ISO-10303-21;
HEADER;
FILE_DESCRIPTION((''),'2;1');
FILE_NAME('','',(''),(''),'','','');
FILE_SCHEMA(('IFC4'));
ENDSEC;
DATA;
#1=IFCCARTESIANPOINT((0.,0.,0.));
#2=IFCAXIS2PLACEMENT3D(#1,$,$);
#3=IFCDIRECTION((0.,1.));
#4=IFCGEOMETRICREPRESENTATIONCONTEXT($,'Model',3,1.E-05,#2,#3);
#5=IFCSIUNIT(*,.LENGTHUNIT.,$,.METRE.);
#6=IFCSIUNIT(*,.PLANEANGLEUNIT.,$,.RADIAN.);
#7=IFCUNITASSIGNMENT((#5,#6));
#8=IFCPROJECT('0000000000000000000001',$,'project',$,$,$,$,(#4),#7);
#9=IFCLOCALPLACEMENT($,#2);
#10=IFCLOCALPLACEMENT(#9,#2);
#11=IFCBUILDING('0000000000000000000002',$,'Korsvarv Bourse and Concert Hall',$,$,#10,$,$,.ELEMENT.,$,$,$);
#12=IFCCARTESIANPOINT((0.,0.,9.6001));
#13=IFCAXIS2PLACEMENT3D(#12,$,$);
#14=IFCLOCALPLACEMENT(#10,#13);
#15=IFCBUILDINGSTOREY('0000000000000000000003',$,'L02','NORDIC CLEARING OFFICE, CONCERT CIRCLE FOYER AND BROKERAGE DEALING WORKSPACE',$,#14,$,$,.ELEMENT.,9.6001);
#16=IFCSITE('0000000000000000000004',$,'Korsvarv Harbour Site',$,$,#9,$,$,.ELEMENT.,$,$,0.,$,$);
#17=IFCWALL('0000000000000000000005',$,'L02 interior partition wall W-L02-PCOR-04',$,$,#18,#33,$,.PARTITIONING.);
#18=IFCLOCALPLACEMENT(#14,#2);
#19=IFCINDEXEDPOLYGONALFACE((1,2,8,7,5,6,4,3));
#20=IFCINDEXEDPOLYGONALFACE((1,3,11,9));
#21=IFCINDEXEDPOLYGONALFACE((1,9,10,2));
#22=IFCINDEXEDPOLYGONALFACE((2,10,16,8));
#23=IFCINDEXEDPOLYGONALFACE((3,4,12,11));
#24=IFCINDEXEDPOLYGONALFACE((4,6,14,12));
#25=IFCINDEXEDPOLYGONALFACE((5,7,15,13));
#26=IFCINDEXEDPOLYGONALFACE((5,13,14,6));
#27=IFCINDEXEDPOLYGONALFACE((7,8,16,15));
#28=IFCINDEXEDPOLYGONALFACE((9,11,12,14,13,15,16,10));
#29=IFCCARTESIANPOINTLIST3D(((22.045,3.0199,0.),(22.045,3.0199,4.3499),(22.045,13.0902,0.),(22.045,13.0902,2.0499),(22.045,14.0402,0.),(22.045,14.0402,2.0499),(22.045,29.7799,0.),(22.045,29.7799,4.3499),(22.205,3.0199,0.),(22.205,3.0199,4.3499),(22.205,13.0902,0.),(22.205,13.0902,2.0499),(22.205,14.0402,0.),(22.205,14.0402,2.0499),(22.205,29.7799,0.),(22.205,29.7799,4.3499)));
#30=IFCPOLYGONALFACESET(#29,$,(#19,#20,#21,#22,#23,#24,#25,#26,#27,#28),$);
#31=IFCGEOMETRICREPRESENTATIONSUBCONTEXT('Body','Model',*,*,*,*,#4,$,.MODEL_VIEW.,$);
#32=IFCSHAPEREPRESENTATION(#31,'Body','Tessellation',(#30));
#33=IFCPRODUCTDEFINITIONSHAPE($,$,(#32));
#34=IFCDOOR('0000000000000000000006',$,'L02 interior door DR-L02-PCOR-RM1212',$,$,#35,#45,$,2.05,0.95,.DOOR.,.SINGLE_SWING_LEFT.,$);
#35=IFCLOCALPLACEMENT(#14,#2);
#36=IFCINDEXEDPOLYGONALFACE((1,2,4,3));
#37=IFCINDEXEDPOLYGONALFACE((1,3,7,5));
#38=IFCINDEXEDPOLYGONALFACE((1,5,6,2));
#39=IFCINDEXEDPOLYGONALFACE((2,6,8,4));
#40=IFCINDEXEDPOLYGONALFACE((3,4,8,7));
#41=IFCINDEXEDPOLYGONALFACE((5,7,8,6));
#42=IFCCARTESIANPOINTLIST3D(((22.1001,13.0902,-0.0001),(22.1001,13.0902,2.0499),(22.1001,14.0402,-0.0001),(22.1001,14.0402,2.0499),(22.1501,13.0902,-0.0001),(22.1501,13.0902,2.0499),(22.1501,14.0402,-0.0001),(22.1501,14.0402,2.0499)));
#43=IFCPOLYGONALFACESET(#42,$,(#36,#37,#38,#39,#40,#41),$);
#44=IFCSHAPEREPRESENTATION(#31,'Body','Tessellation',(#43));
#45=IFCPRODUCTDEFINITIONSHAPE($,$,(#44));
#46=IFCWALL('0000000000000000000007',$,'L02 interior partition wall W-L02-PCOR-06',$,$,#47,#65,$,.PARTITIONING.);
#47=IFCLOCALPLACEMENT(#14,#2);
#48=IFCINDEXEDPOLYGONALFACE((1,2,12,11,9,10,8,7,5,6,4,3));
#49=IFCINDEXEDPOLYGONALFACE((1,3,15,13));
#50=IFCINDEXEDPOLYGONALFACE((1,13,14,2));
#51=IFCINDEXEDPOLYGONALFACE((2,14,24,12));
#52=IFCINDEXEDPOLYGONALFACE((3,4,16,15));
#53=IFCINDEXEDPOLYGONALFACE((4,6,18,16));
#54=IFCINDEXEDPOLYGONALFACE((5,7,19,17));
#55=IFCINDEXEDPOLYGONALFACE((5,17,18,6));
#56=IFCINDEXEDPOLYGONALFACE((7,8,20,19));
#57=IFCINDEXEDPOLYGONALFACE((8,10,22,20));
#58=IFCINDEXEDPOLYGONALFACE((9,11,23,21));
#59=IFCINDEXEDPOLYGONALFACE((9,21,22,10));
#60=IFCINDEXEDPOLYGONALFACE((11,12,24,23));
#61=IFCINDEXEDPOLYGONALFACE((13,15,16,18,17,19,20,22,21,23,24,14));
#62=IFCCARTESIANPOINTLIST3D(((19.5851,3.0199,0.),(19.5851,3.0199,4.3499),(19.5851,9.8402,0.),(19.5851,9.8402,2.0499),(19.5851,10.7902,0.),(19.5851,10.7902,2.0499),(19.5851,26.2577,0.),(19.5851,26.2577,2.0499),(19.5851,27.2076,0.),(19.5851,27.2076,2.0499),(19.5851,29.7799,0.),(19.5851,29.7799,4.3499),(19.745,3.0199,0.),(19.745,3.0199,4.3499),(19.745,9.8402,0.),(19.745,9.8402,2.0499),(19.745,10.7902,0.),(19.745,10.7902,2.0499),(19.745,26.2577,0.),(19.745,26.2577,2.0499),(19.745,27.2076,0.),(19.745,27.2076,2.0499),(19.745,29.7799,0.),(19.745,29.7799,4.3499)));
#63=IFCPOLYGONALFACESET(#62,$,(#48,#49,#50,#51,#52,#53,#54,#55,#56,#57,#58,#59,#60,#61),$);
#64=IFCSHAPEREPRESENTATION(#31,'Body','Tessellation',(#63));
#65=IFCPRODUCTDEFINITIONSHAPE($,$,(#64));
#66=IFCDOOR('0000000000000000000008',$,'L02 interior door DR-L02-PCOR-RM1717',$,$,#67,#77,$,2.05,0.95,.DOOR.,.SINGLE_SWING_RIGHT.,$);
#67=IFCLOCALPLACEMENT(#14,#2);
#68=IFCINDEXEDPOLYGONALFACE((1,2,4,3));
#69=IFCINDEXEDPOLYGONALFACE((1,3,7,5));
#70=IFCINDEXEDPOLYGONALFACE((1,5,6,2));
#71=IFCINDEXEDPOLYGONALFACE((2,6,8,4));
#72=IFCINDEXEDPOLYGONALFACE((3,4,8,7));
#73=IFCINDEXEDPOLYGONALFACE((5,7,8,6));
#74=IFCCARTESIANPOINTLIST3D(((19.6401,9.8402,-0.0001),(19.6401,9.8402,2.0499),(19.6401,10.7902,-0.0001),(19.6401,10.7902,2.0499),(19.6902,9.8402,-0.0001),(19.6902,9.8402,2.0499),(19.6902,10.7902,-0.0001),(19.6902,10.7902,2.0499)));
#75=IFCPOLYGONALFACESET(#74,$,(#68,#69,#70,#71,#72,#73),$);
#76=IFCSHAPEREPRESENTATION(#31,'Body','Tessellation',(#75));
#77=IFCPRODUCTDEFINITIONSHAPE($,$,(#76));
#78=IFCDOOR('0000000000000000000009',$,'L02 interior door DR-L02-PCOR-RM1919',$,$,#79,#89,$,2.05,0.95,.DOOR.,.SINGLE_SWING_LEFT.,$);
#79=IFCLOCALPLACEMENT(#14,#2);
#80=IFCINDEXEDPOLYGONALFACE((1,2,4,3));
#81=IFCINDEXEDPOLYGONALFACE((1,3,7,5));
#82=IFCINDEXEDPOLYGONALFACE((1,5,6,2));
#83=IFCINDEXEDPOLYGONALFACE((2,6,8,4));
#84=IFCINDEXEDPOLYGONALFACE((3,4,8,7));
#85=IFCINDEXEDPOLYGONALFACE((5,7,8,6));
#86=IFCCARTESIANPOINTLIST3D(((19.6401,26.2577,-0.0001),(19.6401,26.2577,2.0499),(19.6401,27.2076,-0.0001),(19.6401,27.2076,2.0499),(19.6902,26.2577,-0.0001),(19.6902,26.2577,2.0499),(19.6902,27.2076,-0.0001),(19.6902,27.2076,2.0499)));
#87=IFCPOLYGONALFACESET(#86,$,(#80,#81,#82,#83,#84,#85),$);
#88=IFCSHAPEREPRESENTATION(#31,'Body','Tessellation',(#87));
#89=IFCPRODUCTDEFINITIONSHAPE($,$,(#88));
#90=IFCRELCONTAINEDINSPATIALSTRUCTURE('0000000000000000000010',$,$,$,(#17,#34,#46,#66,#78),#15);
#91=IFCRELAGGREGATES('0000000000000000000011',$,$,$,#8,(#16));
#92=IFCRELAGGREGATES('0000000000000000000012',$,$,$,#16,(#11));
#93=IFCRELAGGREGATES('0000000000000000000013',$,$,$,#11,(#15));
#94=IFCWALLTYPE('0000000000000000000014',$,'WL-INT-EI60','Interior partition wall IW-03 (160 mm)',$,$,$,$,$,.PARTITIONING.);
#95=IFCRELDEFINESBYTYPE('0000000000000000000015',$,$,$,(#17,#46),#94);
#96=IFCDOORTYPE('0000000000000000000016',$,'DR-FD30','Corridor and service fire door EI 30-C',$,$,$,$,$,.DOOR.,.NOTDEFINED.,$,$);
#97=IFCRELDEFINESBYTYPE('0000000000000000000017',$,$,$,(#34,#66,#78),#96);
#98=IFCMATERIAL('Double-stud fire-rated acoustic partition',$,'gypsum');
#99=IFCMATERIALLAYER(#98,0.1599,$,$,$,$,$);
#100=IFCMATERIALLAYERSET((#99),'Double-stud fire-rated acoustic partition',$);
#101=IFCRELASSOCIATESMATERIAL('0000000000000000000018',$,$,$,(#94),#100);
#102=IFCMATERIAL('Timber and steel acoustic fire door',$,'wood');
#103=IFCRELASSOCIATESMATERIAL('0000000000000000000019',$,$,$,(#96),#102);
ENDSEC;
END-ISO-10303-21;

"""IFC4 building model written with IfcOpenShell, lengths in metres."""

from ifc_helpers import new_model, si_unit, direction, frame, frame_2d, origin, place, context, subcontext, project, spatial, rectangle, extrude, material, layer, layer_set, type_object, element, fill, save


model = new_model("IFC4")

# Units and contexts
model_context = context("Model", 3, precision=1e-05, world=origin(), true_north=direction((0.0, 1.0)))
body_context = subcontext(model_context, "Body", "Model", "MODEL_VIEW")
ifc_project = project(units=[si_unit("LENGTHUNIT", "METRE"), si_unit("PLANEANGLEUNIT", "RADIAN")], contexts=[model_context])

# Site, building, storey
site_placement = place(None, origin())
site = spatial("IfcSite", under=ifc_project, at=site_placement, Name="Korsvarv Harbour Site", CompositionType="ELEMENT", RefElevation=0.0)
building_placement = place(site_placement, origin())
building = spatial("IfcBuilding", under=site, at=building_placement, Name="Korsvarv Bourse and Concert Hall", CompositionType="ELEMENT")
storey_placement = place(building_placement, frame((0.0, 0.0, 9.6001)))
storey = spatial("IfcBuildingStorey", under=building, at=storey_placement, Name="L02", Description="NORDIC CLEARING OFFICE, CONCERT CIRCLE FOYER AND BROKERAGE DEALING WORKSPACE", CompositionType="ELEMENT", Elevation=9.6001)

# Wall, opening, door
ifc_material_1 = material(Name="Double-stud fire-rated acoustic partition", Category="gypsum")
ifc_layer_1 = layer(ifc_material_1, 0.1599)
ifc_layer_set_1 = layer_set([ifc_layer_1], Name="Double-stud fire-rated acoustic partition")
wall_type = type_object("IfcWallType", Name="WL-INT-EI60", Description="Interior partition wall IW-03 (160 mm)", PredefinedType="PARTITIONING", material=ifc_layer_set_1)
wall_1_placement = place(storey_placement, frame((22.125, 3.02, 0.0), z_axis=(0.0, 0.0, 1.0), x_axis=(0.0, 1.0, 0.0)))
wall_1 = element("IfcWall", 1, at=wall_1_placement, inside=storey, type_object=wall_type, Name="L02 interior partition wall W-L02-PCOR-04", PredefinedType="PARTITIONING", context=body_context, shape_type="SweptSolid", body=[
    extrude(rectangle(XDim=26.76, YDim=0.1599, at=frame_2d((13.3799, 0.0))), origin(), (0.0, 0.0, 1.0), 4.3499),
])
opening_1_placement = place(wall_1_placement, frame((10.0701, 0.0, 0.0)))
opening_1 = element("IfcOpeningElement", 2, at=opening_1_placement, cuts=wall_1, PredefinedType="OPENING", context=body_context, shape_type="SweptSolid", body=[
    extrude(rectangle(XDim=0.95, YDim=2.05, at=frame_2d((0.4751, 1.0249))), frame((0.0, 0.0898, 0.0), z_axis=(0.0, -1.0, 0.0), x_axis=(1.0, 0.0, 0.0)), (0.0, 0.0, 1.0), 0.1799),
])
ifc_material_2 = material(Name="Timber and steel acoustic fire door", Category="wood")
door_type = type_object("IfcDoorType", Name="DR-FD30", Description="Corridor and service fire door EI 30-C", OperationType="NOTDEFINED", PredefinedType="DOOR", material=ifc_material_2)
door_1_placement = place(opening_1_placement, origin())
door_1 = element("IfcDoor", 3, at=door_1_placement, inside=storey, type_object=door_type, Name="L02 interior door DR-L02-PCOR-RM1212", OperationType="SINGLE_SWING_LEFT", OverallHeight=2.05, OverallWidth=0.95, PredefinedType="DOOR", context=body_context, shape_type="SweptSolid", body=[
    extrude(rectangle(XDim=0.95, YDim=2.05, at=frame_2d((0.4751, 1.0249))), frame((0.0, 0.0249, 0.0), z_axis=(0.0, -1.0, 0.0), x_axis=(1.0, 0.0, 0.0)), (0.0, 0.0, 1.0), 0.05),
])
fill(opening_1, door_1)

# Wall, openings, doors
wall_2_placement = place(storey_placement, frame((19.665, 3.02, 0.0), z_axis=(0.0, 0.0, 1.0), x_axis=(0.0, 1.0, 0.0)))
wall_2 = element("IfcWall", 4, at=wall_2_placement, inside=storey, type_object=wall_type, Name="L02 interior partition wall W-L02-PCOR-06", PredefinedType="PARTITIONING", context=body_context, shape_type="SweptSolid", body=[
    extrude(rectangle(XDim=26.76, YDim=0.1599, at=frame_2d((13.3799, 0.0))), origin(), (0.0, 0.0, 1.0), 4.3499),
])
opening_2_placement = place(wall_2_placement, frame((6.8201, 0.0, 0.0)))
opening_2 = element("IfcOpeningElement", 5, at=opening_2_placement, cuts=wall_2, PredefinedType="OPENING", context=body_context, shape_type="SweptSolid", body=[
    extrude(rectangle(XDim=0.95, YDim=2.05, at=frame_2d((0.4751, 1.0249))), frame((0.0, 0.0898, 0.0), z_axis=(0.0, -1.0, 0.0), x_axis=(1.0, 0.0, 0.0)), (0.0, 0.0, 1.0), 0.1799),
])
opening_3_placement = place(wall_2_placement, frame((23.2375, 0.0, 0.0)))
opening_3 = element("IfcOpeningElement", 6, at=opening_3_placement, cuts=wall_2, PredefinedType="OPENING", context=body_context, shape_type="SweptSolid", body=[
    extrude(rectangle(XDim=0.95, YDim=2.05, at=frame_2d((0.4751, 1.0249))), frame((0.0, 0.0898, 0.0), z_axis=(0.0, -1.0, 0.0), x_axis=(1.0, 0.0, 0.0)), (0.0, 0.0, 1.0), 0.1799),
])
door_2_placement = place(opening_2_placement, origin())
door_2 = element("IfcDoor", 7, at=door_2_placement, inside=storey, type_object=door_type, Name="L02 interior door DR-L02-PCOR-RM1717", OperationType="SINGLE_SWING_RIGHT", OverallHeight=2.05, OverallWidth=0.95, PredefinedType="DOOR", context=body_context, shape_type="SweptSolid", body=[
    extrude(rectangle(XDim=0.95, YDim=2.05, at=frame_2d((0.4751, 1.0249))), frame((0.0, 0.0249, 0.0), z_axis=(0.0, -1.0, 0.0), x_axis=(1.0, 0.0, 0.0)), (0.0, 0.0, 1.0), 0.05),
])
fill(opening_2, door_2)
door_3_placement = place(opening_3_placement, origin())
door_3 = element("IfcDoor", 8, at=door_3_placement, inside=storey, type_object=door_type, Name="L02 interior door DR-L02-PCOR-RM1919", OperationType="SINGLE_SWING_LEFT", OverallHeight=2.05, OverallWidth=0.95, PredefinedType="DOOR", context=body_context, shape_type="SweptSolid", body=[
    extrude(rectangle(XDim=0.95, YDim=2.05, at=frame_2d((0.4751, 1.0249))), frame((0.0, 0.0249, 0.0), z_axis=(0.0, -1.0, 0.0), x_axis=(1.0, 0.0, 0.0)), (0.0, 0.0, 1.0), 0.05),
])
fill(opening_3, door_3)

save(model, "model.ifc")
